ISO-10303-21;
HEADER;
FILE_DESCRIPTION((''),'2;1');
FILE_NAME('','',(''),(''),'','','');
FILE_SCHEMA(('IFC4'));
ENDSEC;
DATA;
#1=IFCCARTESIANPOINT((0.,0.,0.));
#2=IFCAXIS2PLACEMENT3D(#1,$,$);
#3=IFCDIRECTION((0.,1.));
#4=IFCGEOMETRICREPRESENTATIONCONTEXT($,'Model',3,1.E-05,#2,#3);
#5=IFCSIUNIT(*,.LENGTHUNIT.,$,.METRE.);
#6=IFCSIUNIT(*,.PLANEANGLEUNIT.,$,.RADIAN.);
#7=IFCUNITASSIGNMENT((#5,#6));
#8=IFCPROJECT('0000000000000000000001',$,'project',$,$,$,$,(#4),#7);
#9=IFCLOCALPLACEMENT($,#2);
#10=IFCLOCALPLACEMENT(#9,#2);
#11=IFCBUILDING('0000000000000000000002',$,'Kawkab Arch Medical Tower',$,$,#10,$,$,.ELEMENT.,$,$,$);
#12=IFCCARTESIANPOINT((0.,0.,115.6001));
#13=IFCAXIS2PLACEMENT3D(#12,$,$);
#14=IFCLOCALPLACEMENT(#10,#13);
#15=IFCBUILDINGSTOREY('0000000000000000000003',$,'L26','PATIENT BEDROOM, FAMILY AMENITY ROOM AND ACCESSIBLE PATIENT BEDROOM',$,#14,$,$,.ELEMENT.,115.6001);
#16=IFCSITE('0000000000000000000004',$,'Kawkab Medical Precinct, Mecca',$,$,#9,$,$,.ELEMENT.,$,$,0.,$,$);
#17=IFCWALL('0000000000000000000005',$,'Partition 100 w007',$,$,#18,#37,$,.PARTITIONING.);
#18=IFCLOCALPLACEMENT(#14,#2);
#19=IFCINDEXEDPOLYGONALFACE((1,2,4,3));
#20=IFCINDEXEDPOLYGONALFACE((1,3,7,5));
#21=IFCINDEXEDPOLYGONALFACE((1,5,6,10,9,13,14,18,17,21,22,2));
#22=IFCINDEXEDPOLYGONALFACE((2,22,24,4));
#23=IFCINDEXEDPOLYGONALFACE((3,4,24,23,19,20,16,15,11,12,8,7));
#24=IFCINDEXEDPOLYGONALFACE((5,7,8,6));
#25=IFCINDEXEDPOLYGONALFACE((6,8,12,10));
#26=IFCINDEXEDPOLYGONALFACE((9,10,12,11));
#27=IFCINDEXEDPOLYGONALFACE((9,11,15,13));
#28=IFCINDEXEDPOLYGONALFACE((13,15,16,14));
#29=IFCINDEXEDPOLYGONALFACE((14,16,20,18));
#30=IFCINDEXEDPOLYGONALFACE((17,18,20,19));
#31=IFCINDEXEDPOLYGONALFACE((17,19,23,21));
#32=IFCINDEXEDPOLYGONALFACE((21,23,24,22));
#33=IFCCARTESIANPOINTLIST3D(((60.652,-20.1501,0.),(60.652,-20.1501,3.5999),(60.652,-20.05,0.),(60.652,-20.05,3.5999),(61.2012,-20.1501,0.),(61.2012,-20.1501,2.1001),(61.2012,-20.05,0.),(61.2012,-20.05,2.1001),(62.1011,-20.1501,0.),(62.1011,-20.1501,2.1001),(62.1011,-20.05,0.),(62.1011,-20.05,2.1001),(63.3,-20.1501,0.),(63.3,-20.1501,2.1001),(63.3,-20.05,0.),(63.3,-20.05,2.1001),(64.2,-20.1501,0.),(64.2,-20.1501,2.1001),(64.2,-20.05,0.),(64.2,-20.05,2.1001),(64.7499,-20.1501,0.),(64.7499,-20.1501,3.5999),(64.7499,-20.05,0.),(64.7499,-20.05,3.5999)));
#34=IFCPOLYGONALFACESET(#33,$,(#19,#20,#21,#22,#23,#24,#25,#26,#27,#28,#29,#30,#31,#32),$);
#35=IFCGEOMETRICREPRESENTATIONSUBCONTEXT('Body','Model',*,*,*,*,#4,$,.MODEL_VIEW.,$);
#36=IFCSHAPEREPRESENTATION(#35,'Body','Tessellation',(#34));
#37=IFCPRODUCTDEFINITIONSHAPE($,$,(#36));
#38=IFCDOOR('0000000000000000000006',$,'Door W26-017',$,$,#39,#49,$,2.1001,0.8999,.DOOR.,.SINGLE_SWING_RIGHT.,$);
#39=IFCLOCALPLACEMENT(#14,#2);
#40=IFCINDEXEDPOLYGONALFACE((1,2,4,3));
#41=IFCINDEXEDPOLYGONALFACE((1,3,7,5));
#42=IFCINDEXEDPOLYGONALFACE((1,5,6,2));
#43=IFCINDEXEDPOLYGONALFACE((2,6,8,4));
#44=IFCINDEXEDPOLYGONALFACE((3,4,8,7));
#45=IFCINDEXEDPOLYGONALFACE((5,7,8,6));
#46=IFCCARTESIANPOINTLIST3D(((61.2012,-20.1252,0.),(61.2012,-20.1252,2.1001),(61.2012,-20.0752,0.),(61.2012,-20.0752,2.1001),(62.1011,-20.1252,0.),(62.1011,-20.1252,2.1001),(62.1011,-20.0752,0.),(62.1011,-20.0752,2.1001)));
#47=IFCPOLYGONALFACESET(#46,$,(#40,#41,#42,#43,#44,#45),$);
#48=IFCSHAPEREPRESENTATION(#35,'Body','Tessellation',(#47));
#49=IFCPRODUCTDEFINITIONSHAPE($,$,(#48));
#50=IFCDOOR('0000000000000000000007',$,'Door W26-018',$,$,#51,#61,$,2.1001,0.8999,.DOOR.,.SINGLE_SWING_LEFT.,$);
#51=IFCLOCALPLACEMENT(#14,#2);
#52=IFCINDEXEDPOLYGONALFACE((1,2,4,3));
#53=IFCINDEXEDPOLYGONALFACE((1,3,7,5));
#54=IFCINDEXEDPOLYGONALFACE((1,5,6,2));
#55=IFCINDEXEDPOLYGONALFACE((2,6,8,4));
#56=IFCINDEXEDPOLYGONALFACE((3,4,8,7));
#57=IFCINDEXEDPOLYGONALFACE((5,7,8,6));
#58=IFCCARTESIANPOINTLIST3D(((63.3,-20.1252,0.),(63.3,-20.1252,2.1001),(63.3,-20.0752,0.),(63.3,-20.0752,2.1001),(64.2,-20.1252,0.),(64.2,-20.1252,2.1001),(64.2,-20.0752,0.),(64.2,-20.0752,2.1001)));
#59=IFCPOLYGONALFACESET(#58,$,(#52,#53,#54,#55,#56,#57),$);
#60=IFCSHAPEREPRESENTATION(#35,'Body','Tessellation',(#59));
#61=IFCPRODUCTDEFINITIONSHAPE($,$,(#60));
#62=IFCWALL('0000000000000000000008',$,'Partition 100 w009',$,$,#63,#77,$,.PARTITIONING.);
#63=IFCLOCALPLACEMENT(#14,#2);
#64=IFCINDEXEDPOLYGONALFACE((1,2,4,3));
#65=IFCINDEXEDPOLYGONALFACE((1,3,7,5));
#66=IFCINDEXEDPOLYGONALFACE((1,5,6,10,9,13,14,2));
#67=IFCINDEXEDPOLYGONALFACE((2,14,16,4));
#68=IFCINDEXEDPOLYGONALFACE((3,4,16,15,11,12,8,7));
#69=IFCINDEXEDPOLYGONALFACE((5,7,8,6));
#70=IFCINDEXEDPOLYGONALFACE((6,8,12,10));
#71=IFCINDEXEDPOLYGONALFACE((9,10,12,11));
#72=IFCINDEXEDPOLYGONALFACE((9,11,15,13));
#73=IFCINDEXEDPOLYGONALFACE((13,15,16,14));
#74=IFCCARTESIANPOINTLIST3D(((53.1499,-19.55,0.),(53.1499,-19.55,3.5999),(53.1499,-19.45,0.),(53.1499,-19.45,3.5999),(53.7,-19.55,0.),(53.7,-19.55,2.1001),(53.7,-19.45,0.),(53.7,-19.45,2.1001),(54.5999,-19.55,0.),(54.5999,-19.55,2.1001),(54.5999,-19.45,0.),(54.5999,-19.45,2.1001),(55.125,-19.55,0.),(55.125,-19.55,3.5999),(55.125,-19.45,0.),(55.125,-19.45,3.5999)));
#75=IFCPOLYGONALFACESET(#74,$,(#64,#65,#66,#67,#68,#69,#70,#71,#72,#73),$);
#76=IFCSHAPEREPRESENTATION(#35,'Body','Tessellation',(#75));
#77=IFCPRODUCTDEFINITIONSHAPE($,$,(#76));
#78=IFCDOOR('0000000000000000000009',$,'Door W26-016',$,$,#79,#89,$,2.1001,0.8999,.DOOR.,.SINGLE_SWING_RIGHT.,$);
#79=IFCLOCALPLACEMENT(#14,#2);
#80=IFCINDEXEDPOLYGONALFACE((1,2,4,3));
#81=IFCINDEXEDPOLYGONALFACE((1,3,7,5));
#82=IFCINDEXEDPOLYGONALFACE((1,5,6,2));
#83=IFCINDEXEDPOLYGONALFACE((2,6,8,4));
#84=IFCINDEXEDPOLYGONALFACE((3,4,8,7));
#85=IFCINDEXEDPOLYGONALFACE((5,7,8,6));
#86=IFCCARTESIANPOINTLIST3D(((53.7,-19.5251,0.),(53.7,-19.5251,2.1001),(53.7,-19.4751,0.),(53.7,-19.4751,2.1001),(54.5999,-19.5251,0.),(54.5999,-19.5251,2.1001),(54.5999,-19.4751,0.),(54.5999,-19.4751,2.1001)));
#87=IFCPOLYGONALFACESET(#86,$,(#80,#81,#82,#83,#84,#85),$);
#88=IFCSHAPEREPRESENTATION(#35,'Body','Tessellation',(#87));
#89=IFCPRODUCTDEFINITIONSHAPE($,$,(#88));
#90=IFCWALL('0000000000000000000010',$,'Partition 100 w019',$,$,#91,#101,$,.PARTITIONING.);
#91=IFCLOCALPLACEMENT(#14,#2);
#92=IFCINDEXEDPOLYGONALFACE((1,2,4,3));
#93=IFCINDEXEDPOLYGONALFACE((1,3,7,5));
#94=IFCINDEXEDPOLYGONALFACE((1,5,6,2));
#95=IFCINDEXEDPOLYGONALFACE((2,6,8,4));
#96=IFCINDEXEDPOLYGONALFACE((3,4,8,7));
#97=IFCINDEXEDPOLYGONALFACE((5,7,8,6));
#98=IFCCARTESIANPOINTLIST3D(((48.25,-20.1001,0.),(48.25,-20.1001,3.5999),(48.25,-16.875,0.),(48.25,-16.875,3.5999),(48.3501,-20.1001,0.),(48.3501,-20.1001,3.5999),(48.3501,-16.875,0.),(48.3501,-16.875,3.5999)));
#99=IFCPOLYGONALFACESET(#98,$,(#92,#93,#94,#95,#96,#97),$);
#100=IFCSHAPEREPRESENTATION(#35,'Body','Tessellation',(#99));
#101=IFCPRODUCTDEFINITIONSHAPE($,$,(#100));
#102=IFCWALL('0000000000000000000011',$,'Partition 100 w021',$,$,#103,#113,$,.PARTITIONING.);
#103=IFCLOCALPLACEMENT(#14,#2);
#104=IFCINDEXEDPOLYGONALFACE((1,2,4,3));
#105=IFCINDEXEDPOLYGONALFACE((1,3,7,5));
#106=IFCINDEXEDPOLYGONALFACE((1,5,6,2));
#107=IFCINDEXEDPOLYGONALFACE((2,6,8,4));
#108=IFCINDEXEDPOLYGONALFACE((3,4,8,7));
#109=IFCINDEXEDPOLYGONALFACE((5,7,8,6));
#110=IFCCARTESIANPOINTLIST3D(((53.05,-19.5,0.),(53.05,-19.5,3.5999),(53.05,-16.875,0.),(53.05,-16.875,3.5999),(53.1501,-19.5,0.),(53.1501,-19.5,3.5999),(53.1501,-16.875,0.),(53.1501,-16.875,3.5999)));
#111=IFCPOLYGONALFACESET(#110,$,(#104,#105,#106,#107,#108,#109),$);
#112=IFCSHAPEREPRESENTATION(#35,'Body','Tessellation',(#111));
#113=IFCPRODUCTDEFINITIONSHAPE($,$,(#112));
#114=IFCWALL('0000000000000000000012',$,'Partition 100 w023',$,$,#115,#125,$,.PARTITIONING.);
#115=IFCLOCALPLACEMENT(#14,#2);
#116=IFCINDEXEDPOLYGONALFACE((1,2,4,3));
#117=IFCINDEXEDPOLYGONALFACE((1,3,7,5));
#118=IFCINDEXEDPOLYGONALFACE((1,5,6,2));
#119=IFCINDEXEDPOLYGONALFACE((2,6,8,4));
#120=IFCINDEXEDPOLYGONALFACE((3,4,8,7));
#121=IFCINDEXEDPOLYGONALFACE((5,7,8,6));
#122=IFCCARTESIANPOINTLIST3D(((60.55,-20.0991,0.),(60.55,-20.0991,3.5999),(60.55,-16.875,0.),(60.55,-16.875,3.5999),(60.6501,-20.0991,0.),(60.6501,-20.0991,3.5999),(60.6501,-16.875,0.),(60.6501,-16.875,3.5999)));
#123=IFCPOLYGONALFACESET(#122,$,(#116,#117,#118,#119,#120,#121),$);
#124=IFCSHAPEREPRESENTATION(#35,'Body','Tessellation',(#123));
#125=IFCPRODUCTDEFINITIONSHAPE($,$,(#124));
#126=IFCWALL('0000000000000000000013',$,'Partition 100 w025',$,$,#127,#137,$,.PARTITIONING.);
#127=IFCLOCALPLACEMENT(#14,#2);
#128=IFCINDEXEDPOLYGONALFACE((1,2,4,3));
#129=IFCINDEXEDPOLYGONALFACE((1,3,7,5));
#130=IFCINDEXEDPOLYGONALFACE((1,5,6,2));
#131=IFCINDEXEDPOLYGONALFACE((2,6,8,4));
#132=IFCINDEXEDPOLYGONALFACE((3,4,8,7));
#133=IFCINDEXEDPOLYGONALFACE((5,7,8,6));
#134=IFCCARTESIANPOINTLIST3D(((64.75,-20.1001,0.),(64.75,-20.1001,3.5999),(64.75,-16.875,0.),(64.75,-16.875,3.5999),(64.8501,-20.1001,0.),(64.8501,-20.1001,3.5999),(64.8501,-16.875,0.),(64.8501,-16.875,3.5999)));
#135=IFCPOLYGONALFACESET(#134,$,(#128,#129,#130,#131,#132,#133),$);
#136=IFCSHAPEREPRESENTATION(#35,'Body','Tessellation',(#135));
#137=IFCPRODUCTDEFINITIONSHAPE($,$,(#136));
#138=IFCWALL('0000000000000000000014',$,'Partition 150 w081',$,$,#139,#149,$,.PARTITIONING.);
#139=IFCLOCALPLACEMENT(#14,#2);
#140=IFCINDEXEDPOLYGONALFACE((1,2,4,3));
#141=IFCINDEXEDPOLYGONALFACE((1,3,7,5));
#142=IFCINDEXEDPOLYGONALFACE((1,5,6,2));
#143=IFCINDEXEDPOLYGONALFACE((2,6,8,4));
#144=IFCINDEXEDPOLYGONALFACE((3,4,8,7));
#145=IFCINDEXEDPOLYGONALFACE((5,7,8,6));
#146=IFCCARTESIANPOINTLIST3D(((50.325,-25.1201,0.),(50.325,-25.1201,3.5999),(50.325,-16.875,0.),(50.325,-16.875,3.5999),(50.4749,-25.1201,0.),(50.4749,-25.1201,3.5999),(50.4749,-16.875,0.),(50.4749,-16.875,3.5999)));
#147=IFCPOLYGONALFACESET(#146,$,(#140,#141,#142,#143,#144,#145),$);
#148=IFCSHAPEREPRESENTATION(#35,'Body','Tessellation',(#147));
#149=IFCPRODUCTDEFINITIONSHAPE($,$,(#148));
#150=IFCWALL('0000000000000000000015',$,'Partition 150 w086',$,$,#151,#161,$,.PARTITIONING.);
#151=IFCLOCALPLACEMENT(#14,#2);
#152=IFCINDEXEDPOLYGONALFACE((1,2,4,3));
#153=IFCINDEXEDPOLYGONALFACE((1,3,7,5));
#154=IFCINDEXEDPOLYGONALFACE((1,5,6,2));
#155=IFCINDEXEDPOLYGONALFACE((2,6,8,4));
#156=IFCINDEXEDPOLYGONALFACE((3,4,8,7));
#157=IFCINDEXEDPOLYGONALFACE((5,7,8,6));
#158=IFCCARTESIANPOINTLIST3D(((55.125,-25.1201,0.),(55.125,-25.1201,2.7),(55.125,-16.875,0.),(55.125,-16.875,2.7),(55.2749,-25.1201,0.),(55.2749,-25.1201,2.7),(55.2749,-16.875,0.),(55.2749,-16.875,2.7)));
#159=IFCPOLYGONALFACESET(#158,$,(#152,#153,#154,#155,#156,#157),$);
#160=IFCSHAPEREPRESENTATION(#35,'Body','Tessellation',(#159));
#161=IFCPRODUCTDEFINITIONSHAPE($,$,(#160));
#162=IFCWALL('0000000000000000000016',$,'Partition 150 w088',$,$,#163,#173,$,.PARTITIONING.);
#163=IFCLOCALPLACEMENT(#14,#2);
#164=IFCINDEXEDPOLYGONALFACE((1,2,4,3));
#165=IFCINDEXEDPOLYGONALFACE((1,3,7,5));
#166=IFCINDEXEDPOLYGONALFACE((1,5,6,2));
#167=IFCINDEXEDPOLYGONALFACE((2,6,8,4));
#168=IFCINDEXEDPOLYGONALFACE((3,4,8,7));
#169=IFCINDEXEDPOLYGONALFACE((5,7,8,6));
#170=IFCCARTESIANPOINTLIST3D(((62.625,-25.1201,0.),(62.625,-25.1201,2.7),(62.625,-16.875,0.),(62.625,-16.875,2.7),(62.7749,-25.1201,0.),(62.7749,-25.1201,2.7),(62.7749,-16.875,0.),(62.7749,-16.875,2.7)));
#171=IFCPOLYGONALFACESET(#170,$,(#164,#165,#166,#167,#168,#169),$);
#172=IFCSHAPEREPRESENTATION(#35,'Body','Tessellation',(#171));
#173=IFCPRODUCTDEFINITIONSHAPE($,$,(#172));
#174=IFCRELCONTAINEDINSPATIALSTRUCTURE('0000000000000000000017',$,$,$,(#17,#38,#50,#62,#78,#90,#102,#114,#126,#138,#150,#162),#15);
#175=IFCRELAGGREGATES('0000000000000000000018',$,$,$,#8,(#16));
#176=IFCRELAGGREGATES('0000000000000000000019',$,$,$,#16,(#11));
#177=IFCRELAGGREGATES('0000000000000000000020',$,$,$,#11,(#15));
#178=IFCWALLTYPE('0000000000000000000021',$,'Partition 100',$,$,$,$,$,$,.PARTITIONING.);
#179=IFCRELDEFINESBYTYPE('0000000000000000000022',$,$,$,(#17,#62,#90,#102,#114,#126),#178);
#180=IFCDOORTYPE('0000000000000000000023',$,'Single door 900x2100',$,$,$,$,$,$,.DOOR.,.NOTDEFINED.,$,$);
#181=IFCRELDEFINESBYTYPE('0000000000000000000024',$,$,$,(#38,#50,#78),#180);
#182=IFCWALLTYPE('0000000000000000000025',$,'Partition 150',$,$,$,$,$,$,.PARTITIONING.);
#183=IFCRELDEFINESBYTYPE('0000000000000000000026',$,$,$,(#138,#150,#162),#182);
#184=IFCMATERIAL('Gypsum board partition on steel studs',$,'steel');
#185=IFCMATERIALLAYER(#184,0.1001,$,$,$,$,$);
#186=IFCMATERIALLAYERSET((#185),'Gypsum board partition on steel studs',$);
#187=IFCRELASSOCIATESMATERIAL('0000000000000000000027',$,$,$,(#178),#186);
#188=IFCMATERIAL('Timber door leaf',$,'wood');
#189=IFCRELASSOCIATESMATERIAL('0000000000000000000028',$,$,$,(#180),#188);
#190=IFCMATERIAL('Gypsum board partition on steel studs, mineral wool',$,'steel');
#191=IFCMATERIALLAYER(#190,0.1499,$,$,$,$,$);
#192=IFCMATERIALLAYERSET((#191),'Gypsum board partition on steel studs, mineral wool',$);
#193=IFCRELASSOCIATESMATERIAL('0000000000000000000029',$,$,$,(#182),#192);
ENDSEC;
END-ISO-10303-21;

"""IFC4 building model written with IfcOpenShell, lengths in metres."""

from ifc_helpers import new_model, si_unit, direction, frame, frame_2d, origin, place, context, subcontext, project, spatial, rectangle, extrude, material, layer, layer_set, type_object, element, fill, save


model = new_model("IFC4")

# Units and contexts
model_context = context("Model", 3, precision=1e-05, world=origin(), true_north=direction((0.0, 1.0)))
body_context = subcontext(model_context, "Body", "Model", "MODEL_VIEW")
ifc_project = project(units=[si_unit("LENGTHUNIT", "METRE"), si_unit("PLANEANGLEUNIT", "RADIAN")], contexts=[model_context])

# Site, building, storey
site_placement = place(None, origin())
site = spatial("IfcSite", under=ifc_project, at=site_placement, Name="Kawkab Medical Precinct, Mecca", CompositionType="ELEMENT", RefElevation=0.0)
building_placement = place(site_placement, origin())
building = spatial("IfcBuilding", under=site, at=building_placement, Name="Kawkab Arch Medical Tower", CompositionType="ELEMENT")
storey_placement = place(building_placement, frame((0.0, 0.0, 115.6001)))
storey = spatial("IfcBuildingStorey", under=building, at=storey_placement, Name="L26", Description="PATIENT BEDROOM, FAMILY AMENITY ROOM AND ACCESSIBLE PATIENT BEDROOM", CompositionType="ELEMENT", Elevation=115.6001)

# Wall, openings, doors
ifc_material_1 = material(Name="Gypsum board partition on steel studs", Category="steel")
ifc_layer_1 = layer(ifc_material_1, 0.1001)
ifc_layer_set_1 = layer_set([ifc_layer_1], Name="Gypsum board partition on steel studs")
wall_type_1 = type_object("IfcWallType", Name="Partition 100", PredefinedType="PARTITIONING", material=ifc_layer_set_1)
wall_1_placement = place(storey_placement, frame((60.6521, -20.1001, 0.0), z_axis=(0.0, 0.0, 1.0), x_axis=(1.0, 0.0, 0.0)))
wall_1 = element("IfcWall", 1, at=wall_1_placement, inside=storey, type_object=wall_type_1, Name="Partition 100 w007", PredefinedType="PARTITIONING", context=body_context, shape_type="SweptSolid", body=[
    extrude(rectangle(XDim=4.0979, YDim=0.1001, at=frame_2d((2.0488, 0.0))), origin(), (0.0, 0.0, 1.0), 3.5999),
])
opening_1_placement = place(wall_1_placement, frame((0.5491, 0.0, 0.0)))
opening_1 = element("IfcOpeningElement", 2, at=opening_1_placement, cuts=wall_1, PredefinedType="OPENING", context=body_context, shape_type="SweptSolid", body=[
    extrude(rectangle(XDim=0.8999, YDim=2.1001, at=frame_2d((0.45, 1.05))), frame((0.0, 0.0601, 0.0), z_axis=(0.0, -1.0, 0.0), x_axis=(1.0, 0.0, 0.0)), (0.0, 0.0, 1.0), 0.1201),
])
opening_2_placement = place(wall_1_placement, frame((2.6479, 0.0, 0.0)))
opening_2 = element("IfcOpeningElement", 3, at=opening_2_placement, cuts=wall_1, PredefinedType="OPENING", context=body_context, shape_type="SweptSolid", body=[
    extrude(rectangle(XDim=0.8999, YDim=2.1001, at=frame_2d((0.45, 1.05))), frame((0.0, 0.0601, 0.0), z_axis=(0.0, -1.0, 0.0), x_axis=(1.0, 0.0, 0.0)), (0.0, 0.0, 1.0), 0.1201),
])
ifc_material_2 = material(Name="Timber door leaf", Category="wood")
door_type = type_object("IfcDoorType", Name="Single door 900x2100", OperationType="NOTDEFINED", PredefinedType="DOOR", material=ifc_material_2)
door_1_placement = place(opening_1_placement, origin())
door_1 = element("IfcDoor", 4, at=door_1_placement, inside=storey, type_object=door_type, Name="Door W26-017", OperationType="SINGLE_SWING_RIGHT", OverallHeight=2.1001, OverallWidth=0.8999, PredefinedType="DOOR", context=body_context, shape_type="SweptSolid", body=[
    extrude(rectangle(XDim=0.8999, YDim=2.1001, at=frame_2d((0.45, 1.05))), frame((0.0, 0.0249, 0.0), z_axis=(0.0, -1.0, 0.0), x_axis=(1.0, 0.0, 0.0)), (0.0, 0.0, 1.0), 0.05),
])
fill(opening_1, door_1)
door_2_placement = place(opening_2_placement, origin())
door_2 = element("IfcDoor", 5, at=door_2_placement, inside=storey, type_object=door_type, Name="Door W26-018", OperationType="SINGLE_SWING_LEFT", OverallHeight=2.1001, OverallWidth=0.8999, PredefinedType="DOOR", context=body_context, shape_type="SweptSolid", body=[
    extrude(rectangle(XDim=0.8999, YDim=2.1001, at=frame_2d((0.45, 1.05))), frame((0.0, 0.0249, 0.0), z_axis=(0.0, -1.0, 0.0), x_axis=(1.0, 0.0, 0.0)), (0.0, 0.0, 1.0), 0.05),
])
fill(opening_2, door_2)

# Wall, opening, door
wall_2_placement = place(storey_placement, frame((53.1499, -19.5, 0.0), z_axis=(0.0, 0.0, 1.0), x_axis=(1.0, 0.0, 0.0)))
wall_2 = element("IfcWall", 6, at=wall_2_placement, inside=storey, type_object=wall_type_1, Name="Partition 100 w009", PredefinedType="PARTITIONING", context=body_context, shape_type="SweptSolid", body=[
    extrude(rectangle(XDim=1.9751, YDim=0.1001, at=frame_2d((0.9875, 0.0))), origin(), (0.0, 0.0, 1.0), 3.5999),
])
opening_3_placement = place(wall_2_placement, frame((0.55, 0.0, 0.0)))
opening_3 = element("IfcOpeningElement", 7, at=opening_3_placement, cuts=wall_2, PredefinedType="OPENING", context=body_context, shape_type="SweptSolid", body=[
    extrude(rectangle(XDim=0.8999, YDim=2.1001, at=frame_2d((0.45, 1.05))), frame((0.0, 0.0601, 0.0), z_axis=(0.0, -1.0, 0.0), x_axis=(1.0, 0.0, 0.0)), (0.0, 0.0, 1.0), 0.1201),
])
door_3_placement = place(opening_3_placement, origin())
door_3 = element("IfcDoor", 8, at=door_3_placement, inside=storey, type_object=door_type, Name="Door W26-016", OperationType="SINGLE_SWING_RIGHT", OverallHeight=2.1001, OverallWidth=0.8999, PredefinedType="DOOR", context=body_context, shape_type="SweptSolid", body=[
    extrude(rectangle(XDim=0.8999, YDim=2.1001, at=frame_2d((0.45, 1.05))), frame((0.0, 0.0249, 0.0), z_axis=(0.0, -1.0, 0.0), x_axis=(1.0, 0.0, 0.0)), (0.0, 0.0, 1.0), 0.05),
])
fill(opening_3, door_3)

# Walls
wall_3_placement = place(storey_placement, frame((48.3, -20.1001, 0.0), z_axis=(0.0, 0.0, 1.0), x_axis=(0.0, 1.0, 0.0)))
element("IfcWall", 9, at=wall_3_placement, inside=storey, type_object=wall_type_1, Name="Partition 100 w019", PredefinedType="PARTITIONING", context=body_context, shape_type="SweptSolid", body=[
    extrude(rectangle(XDim=3.2251, YDim=0.1001, at=frame_2d((1.6125, 0.0))), origin(), (0.0, 0.0, 1.0), 3.5999),
])
wall_4_placement = place(storey_placement, frame((53.1001, -19.5, 0.0), z_axis=(0.0, 0.0, 1.0), x_axis=(0.0, 1.0, 0.0)))
element("IfcWall", 10, at=wall_4_placement, inside=storey, type_object=wall_type_1, Name="Partition 100 w021", PredefinedType="PARTITIONING", context=body_context, shape_type="SweptSolid", body=[
    extrude(rectangle(XDim=2.625, YDim=0.1001, at=frame_2d((1.3125, 0.0))), origin(), (0.0, 0.0, 1.0), 3.5999),
])
wall_5_placement = place(storey_placement, frame((60.6001, -20.0991, 0.0), z_axis=(0.0, 0.0, 1.0), x_axis=(0.0, 1.0, 0.0)))
element("IfcWall", 11, at=wall_5_placement, inside=storey, type_object=wall_type_1, Name="Partition 100 w023", PredefinedType="PARTITIONING", context=body_context, shape_type="SweptSolid", body=[
    extrude(rectangle(XDim=3.2241, YDim=0.1001, at=frame_2d((1.6121, 0.0))), origin(), (0.0, 0.0, 1.0), 3.5999),
])
wall_6_placement = place(storey_placement, frame((64.8, -20.1001, 0.0), z_axis=(0.0, 0.0, 1.0), x_axis=(0.0, 1.0, 0.0)))
element("IfcWall", 12, at=wall_6_placement, inside=storey, type_object=wall_type_1, Name="Partition 100 w025", PredefinedType="PARTITIONING", context=body_context, shape_type="SweptSolid", body=[
    extrude(rectangle(XDim=3.2251, YDim=0.1001, at=frame_2d((1.6125, 0.0))), origin(), (0.0, 0.0, 1.0), 3.5999),
])
ifc_material_3 = material(Name="Gypsum board partition on steel studs, mineral wool", Category="steel")
ifc_layer_2 = layer(ifc_material_3, 0.1499)
ifc_layer_set_2 = layer_set([ifc_layer_2], Name="Gypsum board partition on steel studs, mineral wool")
wall_type_2 = type_object("IfcWallType", Name="Partition 150", PredefinedType="PARTITIONING", material=ifc_layer_set_2)
wall_7_placement = place(storey_placement, frame((50.3999, -25.1201, 0.0), z_axis=(0.0, 0.0, 1.0), x_axis=(0.0, 1.0, 0.0)))
element("IfcWall", 13, at=wall_7_placement, inside=storey, type_object=wall_type_2, Name="Partition 150 w081", PredefinedType="PARTITIONING", context=body_context, shape_type="SweptSolid", body=[
    extrude(rectangle(XDim=8.2451, YDim=0.1499, at=frame_2d((4.1226, 0.0))), origin(), (0.0, 0.0, 1.0), 3.5999),
])
for number, where, z_axis, x_axis, name in (
    (14, (55.2, -25.1201, 0.0), (0.0, 0.0, 1.0), (0.0, 1.0, 0.0), "Partition 150 w086"),
    (15, (62.7, -25.1201, 0.0), (0.0, 0.0, 1.0), (0.0, 1.0, 0.0), "Partition 150 w088"),
):
    element("IfcWall", number, at=place(storey_placement, frame(where, z_axis=z_axis, x_axis=x_axis)), inside=storey, type_object=wall_type_2, Name=name, PredefinedType="PARTITIONING", context=body_context, shape_type="SweptSolid", body=[
        extrude(rectangle(XDim=8.2451, YDim=0.1499, at=frame_2d((4.1226, 0.0))), origin(), (0.0, 0.0, 1.0), 2.7),
    ])

save(model, "model.ifc")
